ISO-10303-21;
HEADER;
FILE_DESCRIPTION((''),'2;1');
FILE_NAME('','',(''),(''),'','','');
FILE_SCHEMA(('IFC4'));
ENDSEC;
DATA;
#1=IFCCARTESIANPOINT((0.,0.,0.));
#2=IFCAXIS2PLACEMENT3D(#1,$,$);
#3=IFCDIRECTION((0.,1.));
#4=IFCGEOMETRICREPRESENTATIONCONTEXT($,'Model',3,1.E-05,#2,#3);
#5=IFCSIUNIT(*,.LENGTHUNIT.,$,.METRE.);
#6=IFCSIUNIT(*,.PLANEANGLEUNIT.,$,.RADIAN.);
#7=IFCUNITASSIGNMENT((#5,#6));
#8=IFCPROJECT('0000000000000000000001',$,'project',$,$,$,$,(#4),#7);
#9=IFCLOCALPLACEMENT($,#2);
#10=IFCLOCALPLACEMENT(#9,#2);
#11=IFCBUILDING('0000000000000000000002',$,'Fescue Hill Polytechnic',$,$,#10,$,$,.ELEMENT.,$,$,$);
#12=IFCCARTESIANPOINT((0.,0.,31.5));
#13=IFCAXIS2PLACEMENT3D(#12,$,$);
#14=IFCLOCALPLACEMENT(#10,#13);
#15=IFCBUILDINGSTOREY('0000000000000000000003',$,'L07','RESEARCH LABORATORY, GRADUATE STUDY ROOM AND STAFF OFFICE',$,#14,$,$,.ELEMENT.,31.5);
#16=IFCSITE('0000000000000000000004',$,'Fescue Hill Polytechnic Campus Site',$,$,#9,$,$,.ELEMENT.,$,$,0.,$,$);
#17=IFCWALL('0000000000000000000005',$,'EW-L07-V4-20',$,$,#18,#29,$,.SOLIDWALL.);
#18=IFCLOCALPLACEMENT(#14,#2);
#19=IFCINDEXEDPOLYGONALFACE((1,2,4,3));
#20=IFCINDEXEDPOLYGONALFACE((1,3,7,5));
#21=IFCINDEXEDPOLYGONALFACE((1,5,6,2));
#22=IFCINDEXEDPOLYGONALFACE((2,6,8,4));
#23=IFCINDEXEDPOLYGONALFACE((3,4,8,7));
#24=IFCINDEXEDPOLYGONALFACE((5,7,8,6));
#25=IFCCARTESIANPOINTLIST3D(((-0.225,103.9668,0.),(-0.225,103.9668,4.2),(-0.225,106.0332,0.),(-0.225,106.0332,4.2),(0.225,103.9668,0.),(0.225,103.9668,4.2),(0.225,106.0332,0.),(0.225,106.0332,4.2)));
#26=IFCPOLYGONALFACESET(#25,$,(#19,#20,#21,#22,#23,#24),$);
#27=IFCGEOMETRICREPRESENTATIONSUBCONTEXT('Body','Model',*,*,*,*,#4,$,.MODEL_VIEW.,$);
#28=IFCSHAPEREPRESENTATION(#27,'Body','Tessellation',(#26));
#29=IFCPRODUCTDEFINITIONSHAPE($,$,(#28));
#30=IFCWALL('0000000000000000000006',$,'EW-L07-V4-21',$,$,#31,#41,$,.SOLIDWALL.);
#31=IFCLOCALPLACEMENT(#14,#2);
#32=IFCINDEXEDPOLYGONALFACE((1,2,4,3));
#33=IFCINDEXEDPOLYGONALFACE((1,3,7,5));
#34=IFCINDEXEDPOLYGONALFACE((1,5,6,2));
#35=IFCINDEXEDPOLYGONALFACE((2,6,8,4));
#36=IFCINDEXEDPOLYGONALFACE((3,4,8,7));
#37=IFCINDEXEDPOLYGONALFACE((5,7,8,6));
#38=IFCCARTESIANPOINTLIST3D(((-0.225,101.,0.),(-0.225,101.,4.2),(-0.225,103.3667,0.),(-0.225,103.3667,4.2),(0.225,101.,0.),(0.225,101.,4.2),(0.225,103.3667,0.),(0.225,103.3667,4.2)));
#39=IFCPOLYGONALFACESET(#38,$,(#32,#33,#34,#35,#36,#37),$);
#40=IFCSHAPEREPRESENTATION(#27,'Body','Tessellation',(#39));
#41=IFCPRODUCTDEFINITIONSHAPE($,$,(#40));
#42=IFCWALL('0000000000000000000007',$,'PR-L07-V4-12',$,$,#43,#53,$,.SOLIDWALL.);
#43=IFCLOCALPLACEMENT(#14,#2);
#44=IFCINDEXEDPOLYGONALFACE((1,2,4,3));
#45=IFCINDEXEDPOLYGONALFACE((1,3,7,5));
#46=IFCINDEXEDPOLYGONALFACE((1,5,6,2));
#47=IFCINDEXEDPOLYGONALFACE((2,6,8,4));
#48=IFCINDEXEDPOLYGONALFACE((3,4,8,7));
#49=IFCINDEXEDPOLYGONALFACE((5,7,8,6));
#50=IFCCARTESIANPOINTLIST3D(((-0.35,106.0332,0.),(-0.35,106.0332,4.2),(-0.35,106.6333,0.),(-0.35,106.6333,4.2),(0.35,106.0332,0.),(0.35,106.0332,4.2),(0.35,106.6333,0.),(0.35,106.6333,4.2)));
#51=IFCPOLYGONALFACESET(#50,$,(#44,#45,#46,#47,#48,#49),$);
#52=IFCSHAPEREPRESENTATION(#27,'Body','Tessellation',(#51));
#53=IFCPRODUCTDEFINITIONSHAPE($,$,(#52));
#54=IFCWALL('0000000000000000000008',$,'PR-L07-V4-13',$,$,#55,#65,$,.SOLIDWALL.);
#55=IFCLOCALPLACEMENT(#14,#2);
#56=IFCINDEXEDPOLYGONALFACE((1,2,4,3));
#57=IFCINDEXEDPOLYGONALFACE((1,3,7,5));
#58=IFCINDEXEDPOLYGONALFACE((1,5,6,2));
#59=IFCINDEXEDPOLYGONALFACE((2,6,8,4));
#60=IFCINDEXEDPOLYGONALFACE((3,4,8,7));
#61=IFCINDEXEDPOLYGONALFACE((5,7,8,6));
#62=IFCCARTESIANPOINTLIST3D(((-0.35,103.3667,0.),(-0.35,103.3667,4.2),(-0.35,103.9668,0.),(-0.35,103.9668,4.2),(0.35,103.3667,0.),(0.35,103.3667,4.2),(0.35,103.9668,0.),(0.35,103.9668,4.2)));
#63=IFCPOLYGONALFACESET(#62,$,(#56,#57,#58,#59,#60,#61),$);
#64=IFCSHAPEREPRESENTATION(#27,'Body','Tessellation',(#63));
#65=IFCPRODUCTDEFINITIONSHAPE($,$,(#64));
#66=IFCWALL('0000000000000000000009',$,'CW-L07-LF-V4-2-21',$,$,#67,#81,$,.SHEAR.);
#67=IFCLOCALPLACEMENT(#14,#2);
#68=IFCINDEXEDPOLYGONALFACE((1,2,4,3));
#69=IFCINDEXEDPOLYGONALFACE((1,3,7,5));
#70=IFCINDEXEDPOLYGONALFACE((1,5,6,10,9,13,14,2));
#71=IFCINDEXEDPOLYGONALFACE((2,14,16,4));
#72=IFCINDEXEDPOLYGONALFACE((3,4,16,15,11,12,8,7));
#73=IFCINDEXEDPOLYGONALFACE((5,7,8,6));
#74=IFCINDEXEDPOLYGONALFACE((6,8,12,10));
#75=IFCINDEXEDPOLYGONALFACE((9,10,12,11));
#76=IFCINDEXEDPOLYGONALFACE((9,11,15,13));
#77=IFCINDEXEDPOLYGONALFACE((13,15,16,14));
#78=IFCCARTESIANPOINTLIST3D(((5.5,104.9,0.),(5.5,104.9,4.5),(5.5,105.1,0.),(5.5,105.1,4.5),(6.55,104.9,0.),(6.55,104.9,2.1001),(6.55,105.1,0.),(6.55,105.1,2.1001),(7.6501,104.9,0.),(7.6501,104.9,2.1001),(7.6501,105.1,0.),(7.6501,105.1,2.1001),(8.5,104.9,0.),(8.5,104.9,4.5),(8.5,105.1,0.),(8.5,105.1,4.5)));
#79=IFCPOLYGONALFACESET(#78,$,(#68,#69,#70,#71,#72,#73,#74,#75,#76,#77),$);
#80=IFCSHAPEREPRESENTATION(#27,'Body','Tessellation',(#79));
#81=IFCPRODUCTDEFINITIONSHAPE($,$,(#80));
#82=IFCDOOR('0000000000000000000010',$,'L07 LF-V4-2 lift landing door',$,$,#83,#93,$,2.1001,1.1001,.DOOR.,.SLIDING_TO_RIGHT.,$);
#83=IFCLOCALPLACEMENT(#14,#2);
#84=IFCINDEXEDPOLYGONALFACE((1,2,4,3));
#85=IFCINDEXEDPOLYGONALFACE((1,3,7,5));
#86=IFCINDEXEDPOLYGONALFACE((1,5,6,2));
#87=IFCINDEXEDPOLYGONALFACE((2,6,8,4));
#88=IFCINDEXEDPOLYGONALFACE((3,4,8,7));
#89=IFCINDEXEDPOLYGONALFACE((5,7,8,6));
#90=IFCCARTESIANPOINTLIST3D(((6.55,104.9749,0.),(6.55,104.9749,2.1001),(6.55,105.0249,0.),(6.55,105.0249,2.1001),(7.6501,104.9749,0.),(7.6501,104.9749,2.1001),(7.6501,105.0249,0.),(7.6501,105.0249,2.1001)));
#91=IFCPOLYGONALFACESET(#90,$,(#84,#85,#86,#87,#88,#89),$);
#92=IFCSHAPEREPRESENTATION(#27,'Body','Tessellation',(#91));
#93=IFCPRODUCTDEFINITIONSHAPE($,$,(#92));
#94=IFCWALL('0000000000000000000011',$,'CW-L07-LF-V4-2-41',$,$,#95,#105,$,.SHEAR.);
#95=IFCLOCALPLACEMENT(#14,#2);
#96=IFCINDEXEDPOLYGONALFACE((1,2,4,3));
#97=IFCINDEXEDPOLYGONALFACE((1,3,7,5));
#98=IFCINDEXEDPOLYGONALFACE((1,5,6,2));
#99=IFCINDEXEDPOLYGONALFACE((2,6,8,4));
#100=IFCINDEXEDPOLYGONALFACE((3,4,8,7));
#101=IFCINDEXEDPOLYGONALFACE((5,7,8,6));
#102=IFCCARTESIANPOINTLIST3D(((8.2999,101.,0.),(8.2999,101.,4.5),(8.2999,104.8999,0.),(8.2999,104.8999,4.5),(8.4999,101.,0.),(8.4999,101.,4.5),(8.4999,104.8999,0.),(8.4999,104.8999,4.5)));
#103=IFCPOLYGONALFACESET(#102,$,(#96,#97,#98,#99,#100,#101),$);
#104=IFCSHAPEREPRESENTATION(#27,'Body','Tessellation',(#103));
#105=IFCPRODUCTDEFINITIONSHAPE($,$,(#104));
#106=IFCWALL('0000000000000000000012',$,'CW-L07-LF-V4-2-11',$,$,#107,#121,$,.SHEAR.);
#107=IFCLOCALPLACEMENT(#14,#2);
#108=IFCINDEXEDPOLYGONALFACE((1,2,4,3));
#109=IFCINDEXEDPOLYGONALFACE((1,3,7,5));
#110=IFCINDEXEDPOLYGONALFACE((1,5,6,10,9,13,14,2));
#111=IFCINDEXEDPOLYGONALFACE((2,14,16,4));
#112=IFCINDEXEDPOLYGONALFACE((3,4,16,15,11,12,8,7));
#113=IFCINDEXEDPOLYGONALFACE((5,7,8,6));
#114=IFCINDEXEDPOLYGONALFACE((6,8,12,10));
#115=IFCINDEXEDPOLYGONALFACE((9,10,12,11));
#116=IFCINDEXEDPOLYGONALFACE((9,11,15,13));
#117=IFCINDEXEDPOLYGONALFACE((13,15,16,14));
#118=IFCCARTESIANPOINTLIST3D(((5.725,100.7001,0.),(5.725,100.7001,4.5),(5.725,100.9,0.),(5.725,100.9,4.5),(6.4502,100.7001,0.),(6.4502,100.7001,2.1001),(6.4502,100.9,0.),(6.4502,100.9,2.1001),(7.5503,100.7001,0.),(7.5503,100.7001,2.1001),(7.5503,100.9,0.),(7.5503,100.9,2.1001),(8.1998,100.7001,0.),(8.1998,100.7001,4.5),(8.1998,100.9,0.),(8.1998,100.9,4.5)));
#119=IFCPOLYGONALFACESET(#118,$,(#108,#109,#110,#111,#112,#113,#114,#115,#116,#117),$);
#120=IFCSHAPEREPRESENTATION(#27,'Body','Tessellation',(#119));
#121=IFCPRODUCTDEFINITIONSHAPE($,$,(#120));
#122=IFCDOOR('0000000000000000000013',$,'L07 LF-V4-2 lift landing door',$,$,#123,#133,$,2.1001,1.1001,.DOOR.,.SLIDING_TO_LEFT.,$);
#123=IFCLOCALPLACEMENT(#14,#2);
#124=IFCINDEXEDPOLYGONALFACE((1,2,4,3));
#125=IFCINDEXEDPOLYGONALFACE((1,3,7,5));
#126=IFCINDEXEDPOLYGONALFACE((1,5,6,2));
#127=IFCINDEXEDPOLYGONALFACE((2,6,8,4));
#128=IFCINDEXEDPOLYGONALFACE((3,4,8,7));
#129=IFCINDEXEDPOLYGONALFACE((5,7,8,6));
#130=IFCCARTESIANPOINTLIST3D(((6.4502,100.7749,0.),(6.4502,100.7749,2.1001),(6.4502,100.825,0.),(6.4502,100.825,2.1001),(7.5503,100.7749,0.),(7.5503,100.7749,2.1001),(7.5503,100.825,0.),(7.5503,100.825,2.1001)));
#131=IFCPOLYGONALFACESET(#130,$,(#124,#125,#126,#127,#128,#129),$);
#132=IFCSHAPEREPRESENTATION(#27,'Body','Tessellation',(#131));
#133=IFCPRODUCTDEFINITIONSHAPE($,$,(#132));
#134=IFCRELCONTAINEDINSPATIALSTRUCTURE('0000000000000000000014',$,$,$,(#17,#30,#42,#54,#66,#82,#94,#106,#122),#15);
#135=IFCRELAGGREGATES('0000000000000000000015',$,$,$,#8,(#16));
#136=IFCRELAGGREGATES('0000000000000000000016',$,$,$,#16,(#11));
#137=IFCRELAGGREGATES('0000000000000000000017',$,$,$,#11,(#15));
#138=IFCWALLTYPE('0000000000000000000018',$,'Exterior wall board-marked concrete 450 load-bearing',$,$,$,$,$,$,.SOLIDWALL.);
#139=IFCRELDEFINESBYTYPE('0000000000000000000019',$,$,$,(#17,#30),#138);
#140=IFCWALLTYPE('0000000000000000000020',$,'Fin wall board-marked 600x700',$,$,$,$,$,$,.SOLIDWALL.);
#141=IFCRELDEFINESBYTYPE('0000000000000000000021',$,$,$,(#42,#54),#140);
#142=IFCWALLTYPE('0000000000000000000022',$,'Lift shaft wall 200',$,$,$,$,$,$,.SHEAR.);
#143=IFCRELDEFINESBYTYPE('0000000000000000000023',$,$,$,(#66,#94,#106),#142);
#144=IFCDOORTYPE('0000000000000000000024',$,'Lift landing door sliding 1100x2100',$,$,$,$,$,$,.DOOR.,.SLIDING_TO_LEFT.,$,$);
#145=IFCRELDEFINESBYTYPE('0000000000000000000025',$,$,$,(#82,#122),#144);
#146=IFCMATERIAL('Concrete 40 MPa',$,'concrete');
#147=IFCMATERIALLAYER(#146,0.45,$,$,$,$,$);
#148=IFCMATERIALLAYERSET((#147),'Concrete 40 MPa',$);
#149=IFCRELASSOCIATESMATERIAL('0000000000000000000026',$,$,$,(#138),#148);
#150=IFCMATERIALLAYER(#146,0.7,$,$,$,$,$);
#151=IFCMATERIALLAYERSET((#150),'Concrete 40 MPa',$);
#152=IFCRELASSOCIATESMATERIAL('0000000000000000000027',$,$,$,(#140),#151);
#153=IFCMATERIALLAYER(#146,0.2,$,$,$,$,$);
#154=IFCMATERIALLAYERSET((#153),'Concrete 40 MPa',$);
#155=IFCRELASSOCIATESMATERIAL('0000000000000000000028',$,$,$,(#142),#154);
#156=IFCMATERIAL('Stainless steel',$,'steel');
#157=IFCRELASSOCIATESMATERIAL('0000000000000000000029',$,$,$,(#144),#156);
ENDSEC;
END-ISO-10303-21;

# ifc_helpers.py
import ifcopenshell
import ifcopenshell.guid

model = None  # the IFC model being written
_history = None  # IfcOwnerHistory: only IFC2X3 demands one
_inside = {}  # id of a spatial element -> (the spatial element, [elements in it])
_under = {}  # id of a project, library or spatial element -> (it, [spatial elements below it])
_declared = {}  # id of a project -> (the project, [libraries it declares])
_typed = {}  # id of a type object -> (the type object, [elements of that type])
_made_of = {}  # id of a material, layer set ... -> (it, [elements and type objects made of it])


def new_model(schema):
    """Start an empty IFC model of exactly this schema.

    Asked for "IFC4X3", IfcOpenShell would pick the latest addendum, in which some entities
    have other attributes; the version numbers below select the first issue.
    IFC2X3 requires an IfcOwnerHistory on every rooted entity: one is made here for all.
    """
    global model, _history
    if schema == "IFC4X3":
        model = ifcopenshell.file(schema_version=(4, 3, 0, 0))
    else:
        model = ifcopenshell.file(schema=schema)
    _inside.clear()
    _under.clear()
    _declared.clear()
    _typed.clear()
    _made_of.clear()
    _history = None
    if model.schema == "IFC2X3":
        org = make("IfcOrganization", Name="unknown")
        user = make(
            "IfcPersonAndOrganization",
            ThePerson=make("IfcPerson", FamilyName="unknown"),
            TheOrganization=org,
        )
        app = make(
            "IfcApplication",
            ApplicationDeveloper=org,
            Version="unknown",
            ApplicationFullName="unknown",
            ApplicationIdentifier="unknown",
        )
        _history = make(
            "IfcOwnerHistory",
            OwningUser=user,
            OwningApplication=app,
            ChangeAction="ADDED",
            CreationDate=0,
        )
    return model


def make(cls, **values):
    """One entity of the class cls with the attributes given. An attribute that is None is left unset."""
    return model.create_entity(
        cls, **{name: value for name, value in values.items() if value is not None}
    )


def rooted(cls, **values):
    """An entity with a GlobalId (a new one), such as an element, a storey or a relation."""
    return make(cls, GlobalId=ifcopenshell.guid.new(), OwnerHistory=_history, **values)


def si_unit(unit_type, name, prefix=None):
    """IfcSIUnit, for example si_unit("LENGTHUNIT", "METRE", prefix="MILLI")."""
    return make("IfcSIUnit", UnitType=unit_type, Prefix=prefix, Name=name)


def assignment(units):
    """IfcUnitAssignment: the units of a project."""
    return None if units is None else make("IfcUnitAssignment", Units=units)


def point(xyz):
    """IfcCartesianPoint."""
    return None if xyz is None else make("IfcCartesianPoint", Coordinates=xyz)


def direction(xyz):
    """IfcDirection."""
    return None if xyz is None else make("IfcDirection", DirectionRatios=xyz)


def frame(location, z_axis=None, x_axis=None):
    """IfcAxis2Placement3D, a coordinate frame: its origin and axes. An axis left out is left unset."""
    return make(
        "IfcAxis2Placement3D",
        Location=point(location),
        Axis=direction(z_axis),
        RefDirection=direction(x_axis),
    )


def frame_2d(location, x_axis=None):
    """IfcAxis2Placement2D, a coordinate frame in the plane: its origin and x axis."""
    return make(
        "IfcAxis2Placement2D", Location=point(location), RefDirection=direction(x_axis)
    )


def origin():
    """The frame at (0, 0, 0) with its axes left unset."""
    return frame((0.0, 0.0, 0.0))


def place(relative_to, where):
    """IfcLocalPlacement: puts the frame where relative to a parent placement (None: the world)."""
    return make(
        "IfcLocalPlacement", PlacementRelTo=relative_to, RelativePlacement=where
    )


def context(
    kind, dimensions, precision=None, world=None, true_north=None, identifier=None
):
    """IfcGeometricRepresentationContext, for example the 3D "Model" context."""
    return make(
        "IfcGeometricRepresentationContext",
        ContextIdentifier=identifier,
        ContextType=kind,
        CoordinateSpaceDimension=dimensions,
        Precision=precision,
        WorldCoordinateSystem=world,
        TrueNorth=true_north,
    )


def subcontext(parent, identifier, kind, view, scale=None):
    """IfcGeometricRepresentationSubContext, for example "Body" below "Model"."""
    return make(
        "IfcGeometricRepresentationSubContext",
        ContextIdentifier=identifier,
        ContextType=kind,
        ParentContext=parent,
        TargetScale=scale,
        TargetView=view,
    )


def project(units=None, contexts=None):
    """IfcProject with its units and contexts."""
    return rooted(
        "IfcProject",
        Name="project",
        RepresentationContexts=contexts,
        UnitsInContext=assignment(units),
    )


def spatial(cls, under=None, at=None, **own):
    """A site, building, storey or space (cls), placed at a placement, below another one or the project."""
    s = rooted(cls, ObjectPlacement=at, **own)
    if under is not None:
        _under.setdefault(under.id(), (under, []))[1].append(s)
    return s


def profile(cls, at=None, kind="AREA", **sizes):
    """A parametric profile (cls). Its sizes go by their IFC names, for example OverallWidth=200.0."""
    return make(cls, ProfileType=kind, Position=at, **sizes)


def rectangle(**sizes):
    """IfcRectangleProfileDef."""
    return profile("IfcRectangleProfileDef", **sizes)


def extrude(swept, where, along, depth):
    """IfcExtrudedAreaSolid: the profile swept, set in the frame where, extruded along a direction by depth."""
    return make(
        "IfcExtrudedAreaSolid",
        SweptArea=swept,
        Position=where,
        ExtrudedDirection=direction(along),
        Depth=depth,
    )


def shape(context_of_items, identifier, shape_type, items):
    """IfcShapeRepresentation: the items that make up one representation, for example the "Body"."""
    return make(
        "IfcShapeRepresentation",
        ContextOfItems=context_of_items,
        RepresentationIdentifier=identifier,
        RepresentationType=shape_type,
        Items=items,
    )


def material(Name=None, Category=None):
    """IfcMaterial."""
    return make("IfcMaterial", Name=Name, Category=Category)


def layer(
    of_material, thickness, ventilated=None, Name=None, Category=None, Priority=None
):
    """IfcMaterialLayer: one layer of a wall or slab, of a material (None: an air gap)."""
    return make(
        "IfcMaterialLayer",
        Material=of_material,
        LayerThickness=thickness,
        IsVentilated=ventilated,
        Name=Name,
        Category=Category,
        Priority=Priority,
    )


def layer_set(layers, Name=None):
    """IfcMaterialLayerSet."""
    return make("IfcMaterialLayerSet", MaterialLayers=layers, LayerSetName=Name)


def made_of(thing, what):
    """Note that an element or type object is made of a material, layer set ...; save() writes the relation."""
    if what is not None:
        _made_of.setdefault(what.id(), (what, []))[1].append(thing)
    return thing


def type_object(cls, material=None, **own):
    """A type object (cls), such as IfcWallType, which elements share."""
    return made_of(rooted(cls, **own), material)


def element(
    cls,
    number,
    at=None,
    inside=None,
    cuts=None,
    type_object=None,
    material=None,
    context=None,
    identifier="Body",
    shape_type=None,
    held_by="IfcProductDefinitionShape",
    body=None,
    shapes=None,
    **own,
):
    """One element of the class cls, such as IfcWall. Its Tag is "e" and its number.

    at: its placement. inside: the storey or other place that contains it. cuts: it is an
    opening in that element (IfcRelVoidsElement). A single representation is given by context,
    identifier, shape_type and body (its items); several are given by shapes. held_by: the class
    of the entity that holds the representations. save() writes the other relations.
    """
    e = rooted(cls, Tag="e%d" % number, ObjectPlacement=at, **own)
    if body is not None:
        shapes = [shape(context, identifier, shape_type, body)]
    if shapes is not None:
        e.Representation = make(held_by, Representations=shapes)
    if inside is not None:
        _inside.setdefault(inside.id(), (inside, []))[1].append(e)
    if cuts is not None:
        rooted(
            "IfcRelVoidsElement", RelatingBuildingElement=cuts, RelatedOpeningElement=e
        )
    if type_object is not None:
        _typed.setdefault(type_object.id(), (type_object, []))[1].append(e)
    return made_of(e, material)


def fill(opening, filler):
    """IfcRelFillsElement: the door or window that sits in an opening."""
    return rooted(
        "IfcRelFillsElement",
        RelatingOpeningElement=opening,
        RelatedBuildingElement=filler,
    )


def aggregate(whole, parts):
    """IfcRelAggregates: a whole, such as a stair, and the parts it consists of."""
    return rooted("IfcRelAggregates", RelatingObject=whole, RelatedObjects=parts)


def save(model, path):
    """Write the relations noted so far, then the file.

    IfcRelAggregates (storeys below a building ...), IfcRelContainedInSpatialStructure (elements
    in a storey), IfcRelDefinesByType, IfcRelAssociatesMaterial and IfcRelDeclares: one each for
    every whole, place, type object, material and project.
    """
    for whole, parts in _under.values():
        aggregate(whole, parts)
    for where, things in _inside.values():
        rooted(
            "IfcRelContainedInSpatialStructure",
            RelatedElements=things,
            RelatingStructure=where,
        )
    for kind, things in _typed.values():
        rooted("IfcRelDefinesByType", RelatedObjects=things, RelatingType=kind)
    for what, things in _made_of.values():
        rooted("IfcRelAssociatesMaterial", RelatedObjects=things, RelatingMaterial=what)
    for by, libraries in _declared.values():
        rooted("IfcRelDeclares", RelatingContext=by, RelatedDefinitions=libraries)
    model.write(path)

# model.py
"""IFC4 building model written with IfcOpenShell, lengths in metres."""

from ifc_helpers import new_model, si_unit, direction, frame, frame_2d, origin, place, context, subcontext, project, spatial, rectangle, extrude, material, layer, layer_set, type_object, element, fill, save


model = new_model("IFC4")

# Units and contexts
model_context = context("Model", 3, precision=1e-05, world=origin(), true_north=direction((0.0, 1.0)))
body_context = subcontext(model_context, "Body", "Model", "MODEL_VIEW")
ifc_project = project(units=[si_unit("LENGTHUNIT", "METRE"), si_unit("PLANEANGLEUNIT", "RADIAN")], contexts=[model_context])

# Site, building, storey
site_placement = place(None, origin())
site = spatial("IfcSite", under=ifc_project, at=site_placement, Name="Fescue Hill Polytechnic Campus Site", CompositionType="ELEMENT", RefElevation=0.0)
building_placement = place(site_placement, origin())
building = spatial("IfcBuilding", under=site, at=building_placement, Name="Fescue Hill Polytechnic", CompositionType="ELEMENT")
storey_placement = place(building_placement, frame((0.0, 0.0, 31.5)))
storey = spatial("IfcBuildingStorey", under=building, at=storey_placement, Name="L07", Description="RESEARCH LABORATORY, GRADUATE STUDY ROOM AND STAFF OFFICE", CompositionType="ELEMENT", Elevation=31.5)

# Shared definitions
ifc_material_1 = material(Name="Concrete 40 MPa", Category="concrete")

# Walls
ifc_layer_1 = layer(ifc_material_1, 0.45)
ifc_layer_set_1 = layer_set([ifc_layer_1], Name="Concrete 40 MPa")
wall_type_1 = type_object("IfcWallType", Name="Exterior wall board-marked concrete 450 load-bearing", PredefinedType="SOLIDWALL", material=ifc_layer_set_1)
wall_1_placement = place(storey_placement, frame((0.0, 106.0332, 0.0), z_axis=(0.0, 0.0, 1.0), x_axis=(0.0, -1.0, 0.0)))
element("IfcWall", 1, at=wall_1_placement, inside=storey, type_object=wall_type_1, Name="EW-L07-V4-20", PredefinedType="SOLIDWALL", context=body_context, shape_type="SweptSolid", body=[
    extrude(rectangle(XDim=2.0664, YDim=0.45, at=frame_2d((1.0332, 0.0))), origin(), (0.0, 0.0, 1.0), 4.2),
])
wall_2_placement = place(storey_placement, frame((0.0, 103.3667, 0.0), z_axis=(0.0, 0.0, 1.0), x_axis=(0.0, -1.0, 0.0)))
element("IfcWall", 2, at=wall_2_placement, inside=storey, type_object=wall_type_1, Name="EW-L07-V4-21", PredefinedType="SOLIDWALL", context=body_context, shape_type="SweptSolid", body=[
    extrude(rectangle(XDim=2.3667, YDim=0.45, at=frame_2d((1.1833, 0.0))), origin(), (0.0, 0.0, 1.0), 4.2),
])
ifc_layer_2 = layer(ifc_material_1, 0.7)
ifc_layer_set_2 = layer_set([ifc_layer_2], Name="Concrete 40 MPa")
wall_type_2 = type_object("IfcWallType", Name="Fin wall board-marked 600x700", PredefinedType="SOLIDWALL", material=ifc_layer_set_2)
for number, where, z_axis, x_axis, name in (
    (3, (0.0, 106.6333, 0.0), (0.0, 0.0, 1.0), (0.0, -1.0, 0.0), "PR-L07-V4-12"),
    (4, (0.0, 103.9668, 0.0), (0.0, 0.0, 1.0), (0.0, -1.0, 0.0), "PR-L07-V4-13"),
):
    element("IfcWall", number, at=place(storey_placement, frame(where, z_axis=z_axis, x_axis=x_axis)), inside=storey, type_object=wall_type_2, Name=name, PredefinedType="SOLIDWALL", context=body_context, shape_type="SweptSolid", body=[
        extrude(rectangle(XDim=0.6001, YDim=0.7, at=frame_2d((0.3, 0.0))), origin(), (0.0, 0.0, 1.0), 4.2),
    ])

# Wall, opening, door
ifc_layer_3 = layer(ifc_material_1, 0.2)
ifc_layer_set_3 = layer_set([ifc_layer_3], Name="Concrete 40 MPa")
wall_type_3 = type_object("IfcWallType", Name="Lift shaft wall 200", PredefinedType="SHEAR", material=ifc_layer_set_3)
wall_3_placement = place(storey_placement, frame((5.5, 105.0, 0.0), z_axis=(0.0, 0.0, 1.0), x_axis=(1.0, 0.0, 0.0)))
wall_3 = element("IfcWall", 5, at=wall_3_placement, inside=storey, type_object=wall_type_3, Name="CW-L07-LF-V4-2-21", PredefinedType="SHEAR", context=body_context, shape_type="SweptSolid", body=[
    extrude(rectangle(XDim=3.0, YDim=0.2, at=frame_2d((1.5, 0.0))), origin(), (0.0, 0.0, 1.0), 4.5),
])
opening_1_placement = place(wall_3_placement, frame((1.05, 0.0, 0.0)))
opening_1 = element("IfcOpeningElement", 6, at=opening_1_placement, cuts=wall_3, PredefinedType="OPENING", context=body_context, shape_type="SweptSolid", body=[
    extrude(rectangle(XDim=1.1001, YDim=2.1001, at=frame_2d((0.55, 1.05))), frame((0.0, 0.1099, 0.0), z_axis=(0.0, -1.0, 0.0), x_axis=(1.0, 0.0, 0.0)), (0.0, 0.0, 1.0), 0.22),
])
ifc_material_2 = material(Name="Stainless steel", Category="steel")
door_type_1 = type_object("IfcDoorType", Name="Lift landing door sliding 1100x2100", OperationType="SLIDING_TO_LEFT", PredefinedType="DOOR", material=ifc_material_2)
door_1_placement = place(opening_1_placement, origin())
door_1 = element("IfcDoor", 7, at=door_1_placement, inside=storey, type_object=door_type_1, Name="L07 LF-V4-2 lift landing door", OperationType="SLIDING_TO_RIGHT", OverallHeight=2.1001, OverallWidth=1.1001, PredefinedType="DOOR", context=body_context, shape_type="SweptSolid", body=[
    extrude(rectangle(XDim=1.1001, YDim=2.1001, at=frame_2d((0.55, 1.05))), frame((0.0, 0.0249, 0.0), z_axis=(0.0, -1.0, 0.0), x_axis=(1.0, 0.0, 0.0)), (0.0, 0.0, 1.0), 0.05),
])
fill(opening_1, door_1)

# Wall
wall_4_placement = place(storey_placement, frame((8.3999, 101.0, 0.0), z_axis=(0.0, 0.0, 1.0), x_axis=(0.0, 1.0, 0.0)))
element("IfcWall", 8, at=wall_4_placement, inside=storey, type_object=wall_type_3, Name="CW-L07-LF-V4-2-41", PredefinedType="SHEAR", context=body_context, shape_type="SweptSolid", body=[
    extrude(rectangle(XDim=3.8999, YDim=0.2, at=frame_2d((1.95, 0.0))), origin(), (0.0, 0.0, 1.0), 4.5),
])

# Wall, opening, door
wall_5_placement = place(storey_placement, frame((5.7251, 100.8, 0.0), z_axis=(0.0, 0.0, 1.0), x_axis=(1.0, 0.0, 0.0)))
wall_5 = element("IfcWall", 9, at=wall_5_placement, inside=storey, type_object=wall_type_3, Name="CW-L07-LF-V4-2-11", PredefinedType="SHEAR", context=body_context, shape_type="SweptSolid", body=[
    extrude(rectangle(XDim=2.4749, YDim=0.2, at=frame_2d((1.2373, 0.0))), origin(), (0.0, 0.0, 1.0), 4.5),
])
opening_2_placement = place(wall_5_placement, frame((0.7251, 0.0, 0.0)))
opening_2 = element("IfcOpeningElement", 10, at=opening_2_placement, cuts=wall_5, PredefinedType="OPENING", context=body_context, shape_type="SweptSolid", body=[
    extrude(rectangle(XDim=1.1001, YDim=2.1001, at=frame_2d((0.55, 1.05))), frame((0.0, 0.1099, 0.0), z_axis=(0.0, -1.0, 0.0), x_axis=(1.0, 0.0, 0.0)), (0.0, 0.0, 1.0), 0.22),
])
door_2_placement = place(opening_2_placement, origin())
door_2 = element("IfcDoor", 11, at=door_2_placement, inside=storey, type_object=door_type_1, Name="L07 LF-V4-2 lift landing door", OperationType="SLIDING_TO_LEFT", OverallHeight=2.1001, OverallWidth=1.1001, PredefinedType="DOOR", context=body_context, shape_type="SweptSolid", body=[
    extrude(rectangle(XDim=1.1001, YDim=2.1001, at=frame_2d((0.55, 1.05))), frame((0.0, 0.0249, 0.0), z_axis=(0.0, -1.0, 0.0), x_axis=(1.0, 0.0, 0.0)), (0.0, 0.0, 1.0), 0.05),
])
fill(opening_2, door_2)

save(model, "model.ifc")
